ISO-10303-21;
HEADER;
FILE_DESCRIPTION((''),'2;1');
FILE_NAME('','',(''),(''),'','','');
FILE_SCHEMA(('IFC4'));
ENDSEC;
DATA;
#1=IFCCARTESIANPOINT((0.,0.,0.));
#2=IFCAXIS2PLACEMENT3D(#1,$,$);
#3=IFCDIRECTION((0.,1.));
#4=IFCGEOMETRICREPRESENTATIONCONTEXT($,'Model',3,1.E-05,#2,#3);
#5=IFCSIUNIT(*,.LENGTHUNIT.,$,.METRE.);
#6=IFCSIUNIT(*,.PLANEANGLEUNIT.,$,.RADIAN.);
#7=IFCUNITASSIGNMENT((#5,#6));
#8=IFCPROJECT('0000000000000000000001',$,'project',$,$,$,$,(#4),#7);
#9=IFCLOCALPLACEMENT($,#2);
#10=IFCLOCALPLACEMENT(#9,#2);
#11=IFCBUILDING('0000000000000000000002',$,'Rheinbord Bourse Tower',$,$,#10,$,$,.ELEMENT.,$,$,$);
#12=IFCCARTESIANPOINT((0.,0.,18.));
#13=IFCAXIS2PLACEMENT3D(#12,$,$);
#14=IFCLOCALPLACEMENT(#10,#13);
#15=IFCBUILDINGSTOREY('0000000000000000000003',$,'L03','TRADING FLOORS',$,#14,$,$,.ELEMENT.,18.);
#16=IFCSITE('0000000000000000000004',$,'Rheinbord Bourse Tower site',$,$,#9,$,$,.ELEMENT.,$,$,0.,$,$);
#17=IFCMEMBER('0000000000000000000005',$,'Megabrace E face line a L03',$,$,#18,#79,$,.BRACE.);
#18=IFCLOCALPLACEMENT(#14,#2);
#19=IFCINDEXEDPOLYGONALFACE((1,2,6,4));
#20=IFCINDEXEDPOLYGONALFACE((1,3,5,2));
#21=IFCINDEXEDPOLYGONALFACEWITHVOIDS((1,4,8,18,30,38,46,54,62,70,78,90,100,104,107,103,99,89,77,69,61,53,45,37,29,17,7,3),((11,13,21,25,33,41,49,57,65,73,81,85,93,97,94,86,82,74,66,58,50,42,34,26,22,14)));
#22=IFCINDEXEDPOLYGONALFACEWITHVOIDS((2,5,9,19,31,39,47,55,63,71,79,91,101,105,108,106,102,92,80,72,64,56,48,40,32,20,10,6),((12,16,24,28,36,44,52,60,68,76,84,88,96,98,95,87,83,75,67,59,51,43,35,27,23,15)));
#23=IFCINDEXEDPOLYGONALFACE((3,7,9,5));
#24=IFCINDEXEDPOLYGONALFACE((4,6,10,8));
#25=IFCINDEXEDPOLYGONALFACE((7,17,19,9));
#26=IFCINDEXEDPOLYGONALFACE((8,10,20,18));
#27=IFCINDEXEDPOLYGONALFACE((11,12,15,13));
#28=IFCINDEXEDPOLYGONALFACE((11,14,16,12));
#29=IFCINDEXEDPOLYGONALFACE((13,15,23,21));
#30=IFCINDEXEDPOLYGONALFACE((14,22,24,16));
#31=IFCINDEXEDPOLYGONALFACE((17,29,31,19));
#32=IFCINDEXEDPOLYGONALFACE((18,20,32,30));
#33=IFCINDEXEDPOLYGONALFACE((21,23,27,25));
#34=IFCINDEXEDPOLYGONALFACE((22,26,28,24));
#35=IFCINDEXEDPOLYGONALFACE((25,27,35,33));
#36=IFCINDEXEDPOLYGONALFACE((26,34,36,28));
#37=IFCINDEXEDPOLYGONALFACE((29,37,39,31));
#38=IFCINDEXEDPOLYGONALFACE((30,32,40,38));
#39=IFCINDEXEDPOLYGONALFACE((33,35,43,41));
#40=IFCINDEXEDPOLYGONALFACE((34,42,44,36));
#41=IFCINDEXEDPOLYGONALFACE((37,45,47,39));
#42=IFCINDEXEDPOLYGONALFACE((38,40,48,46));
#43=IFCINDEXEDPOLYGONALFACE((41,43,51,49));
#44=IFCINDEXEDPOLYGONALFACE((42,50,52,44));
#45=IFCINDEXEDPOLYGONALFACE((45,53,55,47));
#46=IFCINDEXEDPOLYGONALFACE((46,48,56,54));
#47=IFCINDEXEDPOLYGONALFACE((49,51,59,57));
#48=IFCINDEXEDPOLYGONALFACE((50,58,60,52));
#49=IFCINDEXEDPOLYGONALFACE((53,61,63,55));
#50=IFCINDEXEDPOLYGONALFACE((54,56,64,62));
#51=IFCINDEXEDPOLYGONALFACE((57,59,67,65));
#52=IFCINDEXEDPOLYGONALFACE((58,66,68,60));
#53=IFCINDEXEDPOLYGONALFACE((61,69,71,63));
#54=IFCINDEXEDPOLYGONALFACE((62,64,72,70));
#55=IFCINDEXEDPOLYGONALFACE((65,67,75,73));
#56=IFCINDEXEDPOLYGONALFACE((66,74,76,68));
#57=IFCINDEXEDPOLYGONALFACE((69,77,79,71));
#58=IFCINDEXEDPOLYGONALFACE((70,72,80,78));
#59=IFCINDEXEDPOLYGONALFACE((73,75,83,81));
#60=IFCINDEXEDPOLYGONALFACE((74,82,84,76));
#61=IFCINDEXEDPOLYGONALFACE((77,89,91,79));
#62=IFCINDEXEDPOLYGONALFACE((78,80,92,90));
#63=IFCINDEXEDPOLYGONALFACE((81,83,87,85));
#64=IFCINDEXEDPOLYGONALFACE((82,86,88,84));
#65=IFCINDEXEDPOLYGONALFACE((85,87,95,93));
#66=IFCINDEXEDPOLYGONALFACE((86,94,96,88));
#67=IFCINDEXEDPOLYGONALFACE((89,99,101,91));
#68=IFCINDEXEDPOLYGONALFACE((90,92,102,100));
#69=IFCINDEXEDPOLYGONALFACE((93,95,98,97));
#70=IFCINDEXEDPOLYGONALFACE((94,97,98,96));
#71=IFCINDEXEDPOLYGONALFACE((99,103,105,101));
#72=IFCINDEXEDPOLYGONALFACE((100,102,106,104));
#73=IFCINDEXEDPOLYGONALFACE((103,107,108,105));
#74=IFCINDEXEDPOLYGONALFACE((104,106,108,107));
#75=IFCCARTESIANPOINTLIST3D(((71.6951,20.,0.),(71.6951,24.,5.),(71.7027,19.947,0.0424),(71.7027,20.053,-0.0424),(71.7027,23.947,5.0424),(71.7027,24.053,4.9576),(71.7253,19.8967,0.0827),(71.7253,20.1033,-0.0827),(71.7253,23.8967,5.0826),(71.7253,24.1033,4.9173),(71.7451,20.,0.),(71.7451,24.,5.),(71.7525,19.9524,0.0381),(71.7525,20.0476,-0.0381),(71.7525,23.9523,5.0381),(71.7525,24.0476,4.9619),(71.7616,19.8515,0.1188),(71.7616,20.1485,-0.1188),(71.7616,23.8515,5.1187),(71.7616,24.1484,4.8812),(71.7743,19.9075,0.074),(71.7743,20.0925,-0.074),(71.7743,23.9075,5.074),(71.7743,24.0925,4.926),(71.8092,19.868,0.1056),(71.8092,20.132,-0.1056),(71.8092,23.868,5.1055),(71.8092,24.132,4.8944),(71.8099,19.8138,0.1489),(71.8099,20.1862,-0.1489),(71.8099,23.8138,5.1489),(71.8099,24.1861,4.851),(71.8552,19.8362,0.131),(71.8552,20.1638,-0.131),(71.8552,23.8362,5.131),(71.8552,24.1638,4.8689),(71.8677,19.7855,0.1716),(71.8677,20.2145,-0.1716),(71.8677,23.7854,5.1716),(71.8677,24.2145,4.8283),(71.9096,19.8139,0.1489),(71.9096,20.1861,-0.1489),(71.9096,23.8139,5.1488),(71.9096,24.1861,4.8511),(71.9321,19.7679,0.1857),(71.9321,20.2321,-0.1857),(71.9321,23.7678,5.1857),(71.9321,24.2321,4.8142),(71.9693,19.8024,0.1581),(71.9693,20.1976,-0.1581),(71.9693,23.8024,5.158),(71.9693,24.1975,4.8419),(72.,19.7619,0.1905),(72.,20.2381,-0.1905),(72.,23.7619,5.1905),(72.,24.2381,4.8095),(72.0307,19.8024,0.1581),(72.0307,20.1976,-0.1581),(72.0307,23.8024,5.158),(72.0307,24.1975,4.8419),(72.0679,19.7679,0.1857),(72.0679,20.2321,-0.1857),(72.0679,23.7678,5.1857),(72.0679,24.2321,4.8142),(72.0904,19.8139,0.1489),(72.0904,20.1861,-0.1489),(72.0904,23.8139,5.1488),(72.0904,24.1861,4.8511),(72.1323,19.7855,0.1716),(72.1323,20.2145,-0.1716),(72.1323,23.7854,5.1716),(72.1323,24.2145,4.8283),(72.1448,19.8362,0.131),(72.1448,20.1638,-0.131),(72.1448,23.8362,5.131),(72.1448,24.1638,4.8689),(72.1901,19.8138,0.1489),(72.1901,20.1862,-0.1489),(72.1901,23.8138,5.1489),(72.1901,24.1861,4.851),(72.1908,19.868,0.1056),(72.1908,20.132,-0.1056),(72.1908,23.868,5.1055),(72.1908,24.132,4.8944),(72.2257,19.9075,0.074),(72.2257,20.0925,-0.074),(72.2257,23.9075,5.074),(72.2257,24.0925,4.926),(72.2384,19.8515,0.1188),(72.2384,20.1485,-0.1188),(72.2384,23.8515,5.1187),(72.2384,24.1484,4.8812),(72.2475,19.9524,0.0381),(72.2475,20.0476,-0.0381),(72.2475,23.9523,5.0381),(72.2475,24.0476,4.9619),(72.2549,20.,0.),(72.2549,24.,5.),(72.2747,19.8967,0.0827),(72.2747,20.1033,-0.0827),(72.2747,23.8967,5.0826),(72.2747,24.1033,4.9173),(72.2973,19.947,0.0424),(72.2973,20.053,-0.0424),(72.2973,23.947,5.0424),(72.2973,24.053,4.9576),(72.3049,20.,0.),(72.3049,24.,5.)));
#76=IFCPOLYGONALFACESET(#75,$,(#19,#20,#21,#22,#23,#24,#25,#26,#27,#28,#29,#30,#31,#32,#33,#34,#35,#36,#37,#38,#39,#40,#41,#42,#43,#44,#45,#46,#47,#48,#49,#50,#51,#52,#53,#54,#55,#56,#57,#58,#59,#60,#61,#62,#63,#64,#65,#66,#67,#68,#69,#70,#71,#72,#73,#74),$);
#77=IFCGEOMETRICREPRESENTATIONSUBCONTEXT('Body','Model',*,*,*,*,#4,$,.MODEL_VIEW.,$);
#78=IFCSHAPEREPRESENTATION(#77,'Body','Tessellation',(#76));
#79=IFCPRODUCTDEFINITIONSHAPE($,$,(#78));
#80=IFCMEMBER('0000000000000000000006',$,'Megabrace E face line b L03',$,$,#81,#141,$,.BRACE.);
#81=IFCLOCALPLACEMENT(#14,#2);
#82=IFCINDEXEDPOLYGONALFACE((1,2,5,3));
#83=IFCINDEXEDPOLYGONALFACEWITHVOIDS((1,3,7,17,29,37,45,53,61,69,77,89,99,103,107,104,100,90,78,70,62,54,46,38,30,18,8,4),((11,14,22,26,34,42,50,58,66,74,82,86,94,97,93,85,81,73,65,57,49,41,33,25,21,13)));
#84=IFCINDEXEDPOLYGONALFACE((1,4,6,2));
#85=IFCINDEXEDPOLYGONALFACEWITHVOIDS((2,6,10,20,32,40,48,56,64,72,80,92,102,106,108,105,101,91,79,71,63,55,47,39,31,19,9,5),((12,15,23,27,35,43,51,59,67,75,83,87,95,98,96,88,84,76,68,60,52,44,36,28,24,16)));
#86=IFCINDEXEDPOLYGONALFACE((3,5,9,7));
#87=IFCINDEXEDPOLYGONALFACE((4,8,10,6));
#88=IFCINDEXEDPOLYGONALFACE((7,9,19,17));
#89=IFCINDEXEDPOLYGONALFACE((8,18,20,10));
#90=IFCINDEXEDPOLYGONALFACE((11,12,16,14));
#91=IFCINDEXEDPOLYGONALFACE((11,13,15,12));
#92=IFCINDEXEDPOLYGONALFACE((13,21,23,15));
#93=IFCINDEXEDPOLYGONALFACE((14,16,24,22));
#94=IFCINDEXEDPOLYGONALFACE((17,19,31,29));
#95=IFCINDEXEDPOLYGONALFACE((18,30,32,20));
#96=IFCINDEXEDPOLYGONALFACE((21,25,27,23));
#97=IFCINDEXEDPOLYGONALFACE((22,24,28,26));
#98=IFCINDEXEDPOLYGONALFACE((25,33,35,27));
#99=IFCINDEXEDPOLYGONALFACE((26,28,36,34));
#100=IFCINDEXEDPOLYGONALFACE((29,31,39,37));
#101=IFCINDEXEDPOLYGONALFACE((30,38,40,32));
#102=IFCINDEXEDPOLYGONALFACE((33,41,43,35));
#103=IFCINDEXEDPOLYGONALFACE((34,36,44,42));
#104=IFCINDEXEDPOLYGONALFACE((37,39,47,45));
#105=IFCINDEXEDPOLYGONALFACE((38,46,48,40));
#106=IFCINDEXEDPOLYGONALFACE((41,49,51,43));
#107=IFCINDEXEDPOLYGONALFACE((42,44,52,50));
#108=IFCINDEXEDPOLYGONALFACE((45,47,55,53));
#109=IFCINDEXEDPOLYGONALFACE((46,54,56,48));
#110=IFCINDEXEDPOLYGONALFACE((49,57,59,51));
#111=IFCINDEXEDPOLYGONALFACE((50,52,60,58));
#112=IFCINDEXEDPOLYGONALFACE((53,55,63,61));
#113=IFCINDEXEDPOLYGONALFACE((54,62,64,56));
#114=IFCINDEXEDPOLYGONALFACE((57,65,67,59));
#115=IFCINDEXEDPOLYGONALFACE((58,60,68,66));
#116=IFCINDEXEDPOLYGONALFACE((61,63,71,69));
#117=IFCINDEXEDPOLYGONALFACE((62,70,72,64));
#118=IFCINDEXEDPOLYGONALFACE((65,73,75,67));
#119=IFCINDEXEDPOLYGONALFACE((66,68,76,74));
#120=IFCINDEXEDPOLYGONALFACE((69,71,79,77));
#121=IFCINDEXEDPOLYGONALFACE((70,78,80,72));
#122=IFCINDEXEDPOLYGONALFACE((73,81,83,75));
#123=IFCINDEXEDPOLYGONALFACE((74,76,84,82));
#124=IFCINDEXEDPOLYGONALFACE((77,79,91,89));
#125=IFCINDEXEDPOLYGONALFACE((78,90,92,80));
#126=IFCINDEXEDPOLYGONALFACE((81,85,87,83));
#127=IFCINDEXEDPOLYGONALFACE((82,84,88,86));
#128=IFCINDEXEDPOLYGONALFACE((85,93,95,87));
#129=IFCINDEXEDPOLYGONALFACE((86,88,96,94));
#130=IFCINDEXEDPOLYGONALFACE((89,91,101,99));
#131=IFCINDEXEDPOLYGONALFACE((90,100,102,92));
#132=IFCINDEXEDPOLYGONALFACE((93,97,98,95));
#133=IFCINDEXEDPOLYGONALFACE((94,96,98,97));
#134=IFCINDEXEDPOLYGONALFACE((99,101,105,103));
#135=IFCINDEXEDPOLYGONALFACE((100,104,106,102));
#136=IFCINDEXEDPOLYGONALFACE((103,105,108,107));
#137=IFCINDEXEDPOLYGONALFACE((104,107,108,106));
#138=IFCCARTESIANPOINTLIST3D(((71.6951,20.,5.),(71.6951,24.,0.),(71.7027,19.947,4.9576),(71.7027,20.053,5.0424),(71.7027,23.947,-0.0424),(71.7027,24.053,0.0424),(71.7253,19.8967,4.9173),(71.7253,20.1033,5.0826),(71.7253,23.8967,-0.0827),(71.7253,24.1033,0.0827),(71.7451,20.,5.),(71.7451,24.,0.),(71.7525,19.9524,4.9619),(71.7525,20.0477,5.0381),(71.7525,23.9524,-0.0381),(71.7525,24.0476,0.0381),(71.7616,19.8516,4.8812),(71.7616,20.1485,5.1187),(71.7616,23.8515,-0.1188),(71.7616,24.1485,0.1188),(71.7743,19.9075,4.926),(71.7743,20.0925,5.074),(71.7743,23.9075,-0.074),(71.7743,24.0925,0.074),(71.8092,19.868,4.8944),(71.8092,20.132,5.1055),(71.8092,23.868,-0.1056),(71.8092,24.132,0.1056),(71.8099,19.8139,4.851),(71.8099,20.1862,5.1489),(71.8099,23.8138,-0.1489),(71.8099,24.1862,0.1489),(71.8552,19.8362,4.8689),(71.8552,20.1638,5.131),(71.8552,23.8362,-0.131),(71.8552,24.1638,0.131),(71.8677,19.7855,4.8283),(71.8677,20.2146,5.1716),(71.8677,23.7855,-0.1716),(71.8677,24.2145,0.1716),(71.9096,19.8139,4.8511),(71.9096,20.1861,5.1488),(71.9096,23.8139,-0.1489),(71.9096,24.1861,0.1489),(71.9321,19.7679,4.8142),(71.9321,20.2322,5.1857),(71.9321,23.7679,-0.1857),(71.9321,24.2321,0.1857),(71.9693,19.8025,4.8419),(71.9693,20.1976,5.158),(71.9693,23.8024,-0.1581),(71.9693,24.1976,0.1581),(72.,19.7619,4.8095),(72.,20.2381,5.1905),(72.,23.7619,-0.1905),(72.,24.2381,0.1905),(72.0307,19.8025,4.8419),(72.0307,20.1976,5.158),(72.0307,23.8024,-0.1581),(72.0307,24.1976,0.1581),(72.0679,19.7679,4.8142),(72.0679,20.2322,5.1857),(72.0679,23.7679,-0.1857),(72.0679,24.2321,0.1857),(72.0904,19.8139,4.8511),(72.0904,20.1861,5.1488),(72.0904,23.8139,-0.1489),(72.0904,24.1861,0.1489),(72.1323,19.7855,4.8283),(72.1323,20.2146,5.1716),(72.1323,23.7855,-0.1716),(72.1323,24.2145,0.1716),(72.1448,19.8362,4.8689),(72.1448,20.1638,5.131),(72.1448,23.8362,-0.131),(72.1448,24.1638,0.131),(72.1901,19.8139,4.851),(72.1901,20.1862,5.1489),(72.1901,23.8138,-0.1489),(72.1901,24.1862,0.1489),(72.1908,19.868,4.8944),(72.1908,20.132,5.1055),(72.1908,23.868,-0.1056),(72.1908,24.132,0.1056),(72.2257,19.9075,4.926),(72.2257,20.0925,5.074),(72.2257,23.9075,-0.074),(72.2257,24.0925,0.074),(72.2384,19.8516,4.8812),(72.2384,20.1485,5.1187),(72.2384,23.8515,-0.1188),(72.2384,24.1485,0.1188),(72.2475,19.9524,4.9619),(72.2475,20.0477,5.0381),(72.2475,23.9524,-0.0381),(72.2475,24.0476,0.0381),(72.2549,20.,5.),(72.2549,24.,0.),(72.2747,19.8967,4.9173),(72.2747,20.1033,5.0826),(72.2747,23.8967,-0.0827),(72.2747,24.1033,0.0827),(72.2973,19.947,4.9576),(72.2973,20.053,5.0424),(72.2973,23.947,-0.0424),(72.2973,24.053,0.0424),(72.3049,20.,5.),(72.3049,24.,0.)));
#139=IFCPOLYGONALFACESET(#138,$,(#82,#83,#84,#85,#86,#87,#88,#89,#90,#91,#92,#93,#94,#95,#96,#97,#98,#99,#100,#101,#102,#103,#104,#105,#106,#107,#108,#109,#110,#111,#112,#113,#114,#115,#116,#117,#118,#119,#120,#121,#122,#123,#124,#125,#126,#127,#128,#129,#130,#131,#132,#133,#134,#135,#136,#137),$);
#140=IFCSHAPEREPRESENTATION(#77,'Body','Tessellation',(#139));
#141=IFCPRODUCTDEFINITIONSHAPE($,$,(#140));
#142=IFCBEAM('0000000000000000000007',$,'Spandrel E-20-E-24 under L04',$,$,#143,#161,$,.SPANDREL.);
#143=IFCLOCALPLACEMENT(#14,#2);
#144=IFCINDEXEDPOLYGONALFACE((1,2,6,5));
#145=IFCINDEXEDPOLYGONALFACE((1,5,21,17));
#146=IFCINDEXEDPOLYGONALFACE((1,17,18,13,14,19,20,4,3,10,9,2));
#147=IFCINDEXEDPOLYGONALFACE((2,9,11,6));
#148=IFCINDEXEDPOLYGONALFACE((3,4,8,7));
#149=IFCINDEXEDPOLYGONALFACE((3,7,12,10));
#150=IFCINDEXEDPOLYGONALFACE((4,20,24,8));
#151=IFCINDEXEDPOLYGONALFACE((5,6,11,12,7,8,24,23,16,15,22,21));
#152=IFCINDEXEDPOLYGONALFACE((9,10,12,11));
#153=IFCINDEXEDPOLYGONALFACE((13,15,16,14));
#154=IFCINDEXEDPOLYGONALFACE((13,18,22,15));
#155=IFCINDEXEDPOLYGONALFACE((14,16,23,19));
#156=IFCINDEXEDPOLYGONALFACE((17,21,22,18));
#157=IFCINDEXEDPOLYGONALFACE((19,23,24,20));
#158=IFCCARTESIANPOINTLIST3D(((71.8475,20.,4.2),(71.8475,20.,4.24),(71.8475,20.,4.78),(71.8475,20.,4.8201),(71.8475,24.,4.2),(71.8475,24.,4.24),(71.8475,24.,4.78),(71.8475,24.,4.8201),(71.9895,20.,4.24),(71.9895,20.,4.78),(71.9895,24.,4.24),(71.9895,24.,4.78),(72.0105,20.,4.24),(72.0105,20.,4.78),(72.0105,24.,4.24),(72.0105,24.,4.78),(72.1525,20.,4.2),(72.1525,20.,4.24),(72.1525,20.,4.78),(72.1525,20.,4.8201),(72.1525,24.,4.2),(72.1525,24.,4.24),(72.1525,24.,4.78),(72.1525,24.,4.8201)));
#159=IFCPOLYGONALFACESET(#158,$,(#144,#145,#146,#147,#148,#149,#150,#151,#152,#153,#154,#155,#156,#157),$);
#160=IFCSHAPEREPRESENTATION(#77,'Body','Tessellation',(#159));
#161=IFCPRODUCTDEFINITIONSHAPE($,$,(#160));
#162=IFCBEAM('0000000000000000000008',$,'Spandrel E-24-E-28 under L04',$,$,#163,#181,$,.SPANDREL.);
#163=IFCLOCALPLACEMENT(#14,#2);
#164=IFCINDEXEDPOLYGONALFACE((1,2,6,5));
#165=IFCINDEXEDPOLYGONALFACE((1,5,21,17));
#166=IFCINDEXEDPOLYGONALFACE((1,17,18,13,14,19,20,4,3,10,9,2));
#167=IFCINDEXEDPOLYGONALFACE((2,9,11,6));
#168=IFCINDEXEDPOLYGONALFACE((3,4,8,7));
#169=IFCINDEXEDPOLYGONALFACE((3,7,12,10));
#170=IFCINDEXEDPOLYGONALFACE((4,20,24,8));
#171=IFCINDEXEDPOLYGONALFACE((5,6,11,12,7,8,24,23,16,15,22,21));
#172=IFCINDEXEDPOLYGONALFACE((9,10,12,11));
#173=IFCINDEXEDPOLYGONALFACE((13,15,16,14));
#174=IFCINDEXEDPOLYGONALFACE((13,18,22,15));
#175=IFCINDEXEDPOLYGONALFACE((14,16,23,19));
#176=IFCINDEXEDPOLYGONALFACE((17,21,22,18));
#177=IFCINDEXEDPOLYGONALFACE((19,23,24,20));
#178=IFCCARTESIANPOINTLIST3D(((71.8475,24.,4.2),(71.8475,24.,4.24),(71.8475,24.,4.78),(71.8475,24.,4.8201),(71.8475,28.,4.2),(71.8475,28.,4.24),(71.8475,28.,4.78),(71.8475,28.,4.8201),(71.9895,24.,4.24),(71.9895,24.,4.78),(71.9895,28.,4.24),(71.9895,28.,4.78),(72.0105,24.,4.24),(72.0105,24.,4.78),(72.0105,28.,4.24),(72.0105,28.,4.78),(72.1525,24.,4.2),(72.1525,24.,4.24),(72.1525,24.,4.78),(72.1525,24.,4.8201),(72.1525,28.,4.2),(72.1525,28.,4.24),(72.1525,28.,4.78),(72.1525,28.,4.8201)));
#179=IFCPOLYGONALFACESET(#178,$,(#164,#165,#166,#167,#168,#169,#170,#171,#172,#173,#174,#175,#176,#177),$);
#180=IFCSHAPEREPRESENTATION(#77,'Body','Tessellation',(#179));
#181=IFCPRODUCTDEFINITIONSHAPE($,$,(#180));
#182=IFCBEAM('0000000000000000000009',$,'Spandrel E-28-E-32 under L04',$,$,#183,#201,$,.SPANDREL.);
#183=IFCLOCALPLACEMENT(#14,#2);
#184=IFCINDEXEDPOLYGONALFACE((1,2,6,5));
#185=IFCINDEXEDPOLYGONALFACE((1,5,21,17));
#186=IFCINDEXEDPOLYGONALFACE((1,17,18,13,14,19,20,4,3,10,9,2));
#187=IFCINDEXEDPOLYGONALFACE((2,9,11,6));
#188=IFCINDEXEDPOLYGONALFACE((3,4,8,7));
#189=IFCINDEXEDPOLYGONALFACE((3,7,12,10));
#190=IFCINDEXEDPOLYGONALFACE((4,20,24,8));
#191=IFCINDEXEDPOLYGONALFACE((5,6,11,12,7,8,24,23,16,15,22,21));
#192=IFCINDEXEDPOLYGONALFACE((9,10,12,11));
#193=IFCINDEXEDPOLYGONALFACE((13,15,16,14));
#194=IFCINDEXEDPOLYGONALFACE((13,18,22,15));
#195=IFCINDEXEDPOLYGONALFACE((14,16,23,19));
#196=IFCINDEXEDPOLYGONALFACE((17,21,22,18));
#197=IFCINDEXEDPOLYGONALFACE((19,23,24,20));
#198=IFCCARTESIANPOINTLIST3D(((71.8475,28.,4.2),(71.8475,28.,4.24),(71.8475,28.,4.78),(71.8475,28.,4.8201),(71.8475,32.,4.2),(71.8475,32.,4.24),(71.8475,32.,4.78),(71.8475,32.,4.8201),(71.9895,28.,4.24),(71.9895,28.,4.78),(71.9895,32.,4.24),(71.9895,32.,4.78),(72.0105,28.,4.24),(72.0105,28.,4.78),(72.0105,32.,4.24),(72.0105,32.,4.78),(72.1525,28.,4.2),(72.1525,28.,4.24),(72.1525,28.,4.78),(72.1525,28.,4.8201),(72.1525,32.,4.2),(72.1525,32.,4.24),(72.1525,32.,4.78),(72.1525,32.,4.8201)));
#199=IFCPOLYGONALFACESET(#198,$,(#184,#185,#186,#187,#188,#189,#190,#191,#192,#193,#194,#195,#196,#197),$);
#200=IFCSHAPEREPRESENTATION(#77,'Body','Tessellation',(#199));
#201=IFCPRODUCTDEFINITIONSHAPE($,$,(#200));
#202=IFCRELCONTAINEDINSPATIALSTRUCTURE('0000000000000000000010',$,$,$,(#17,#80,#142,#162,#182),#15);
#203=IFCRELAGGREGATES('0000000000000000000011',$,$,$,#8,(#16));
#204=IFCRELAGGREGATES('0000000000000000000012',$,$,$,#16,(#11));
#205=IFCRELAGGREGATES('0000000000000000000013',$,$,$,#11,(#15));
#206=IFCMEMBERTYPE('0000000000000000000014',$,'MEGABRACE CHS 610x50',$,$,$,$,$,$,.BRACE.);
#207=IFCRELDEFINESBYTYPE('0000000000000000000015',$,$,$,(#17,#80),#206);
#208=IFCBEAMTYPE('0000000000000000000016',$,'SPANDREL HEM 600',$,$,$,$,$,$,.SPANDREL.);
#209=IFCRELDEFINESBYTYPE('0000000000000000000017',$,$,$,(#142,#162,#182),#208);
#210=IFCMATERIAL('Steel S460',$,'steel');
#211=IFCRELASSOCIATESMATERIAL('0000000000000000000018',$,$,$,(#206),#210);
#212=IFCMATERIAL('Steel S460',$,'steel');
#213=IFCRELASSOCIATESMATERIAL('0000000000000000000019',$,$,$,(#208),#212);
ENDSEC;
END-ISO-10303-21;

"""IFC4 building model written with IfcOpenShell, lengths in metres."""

from ifc_helpers import new_model, si_unit, direction, frame, origin, origin_2d, place, context, subcontext, project, spatial, hollow_circle, i_section, extrude, material, material_profile, profile_set, type_object, element, save


model = new_model("IFC4")

# Units and contexts
model_context = context("Model", 3, precision=1e-05, world=origin(), true_north=direction((0.0, 1.0)))
body_context = subcontext(model_context, "Body", "Model", "MODEL_VIEW")
ifc_project = project(units=[si_unit("LENGTHUNIT", "METRE"), si_unit("PLANEANGLEUNIT", "RADIAN")], contexts=[model_context])

# Site, building, storey
site_placement = place(None, origin())
site = spatial("IfcSite", under=ifc_project, at=site_placement, Name="Rheinbord Bourse Tower site", CompositionType="ELEMENT", RefElevation=0.0)
building_placement = place(site_placement, origin())
building = spatial("IfcBuilding", under=site, at=building_placement, Name="Rheinbord Bourse Tower", CompositionType="ELEMENT")
storey_placement = place(building_placement, frame((0.0, 0.0, 18.0)))
storey = spatial("IfcBuildingStorey", under=building, at=storey_placement, Name="L03", Description="TRADING FLOORS", CompositionType="ELEMENT", Elevation=18.0)

# Members
ifc_material_1 = material(Name="Steel S460", Category="steel")
ifc_material_profile_1 = material_profile(ifc_material_1, hollow_circle(Radius=0.3049, WallThickness=0.05, at=origin_2d()), Name="CHS 610x50")
ifc_profile_set_1 = profile_set([ifc_material_profile_1], Name="Steel S460")
member_type_1 = type_object("IfcMemberType", Name="MEGABRACE CHS 610x50", PredefinedType="BRACE", material=ifc_profile_set_1)
for number, where, z_axis, x_axis, name in (
    (1, (72.0, 20.0, 0.0), (0.0, 0.624695, 0.780869), (-1.0, 0.0, 0.0), "Megabrace E face line a L03"),
    (2, (72.0, 24.0, 0.0), (0.0, -0.624695, 0.780869), (1.0, 0.0, 0.0), "Megabrace E face line b L03"),
):
    element("IfcMember", number, at=place(storey_placement, frame(where, z_axis=z_axis, x_axis=x_axis)), inside=storey, type_object=member_type_1, Name=name, PredefinedType="BRACE", context=body_context, shape_type="SweptSolid", body=[
        extrude(hollow_circle(Radius=0.3049, WallThickness=0.05, at=origin_2d()), origin(), (0.0, 0.0, 1.0), 6.4031),
    ])

# Beams
ifc_material_2 = material(Name="Steel S460", Category="steel")
ifc_material_profile_2 = material_profile(ifc_material_2, i_section(OverallWidth=0.3049, OverallDepth=0.6201, WebThickness=0.021, FlangeThickness=0.04, at=origin_2d()), Name="HEM 600")
ifc_profile_set_2 = profile_set([ifc_material_profile_2], Name="Steel S460")
beam_type_1 = type_object("IfcBeamType", Name="SPANDREL HEM 600", PredefinedType="SPANDREL", material=ifc_profile_set_2)
for number, where, z_axis, x_axis, name in (
    (3, (72.0, 20.0, 4.51), (0.0, 1.0, 0.0), (-1.0, 0.0, 0.0), "Spandrel E-20-E-24 under L04"),
    (4, (72.0, 24.0, 4.51), (0.0, 1.0, 0.0), (-1.0, 0.0, 0.0), "Spandrel E-24-E-28 under L04"),
    (5, (72.0, 28.0, 4.51), (0.0, 1.0, 0.0), (-1.0, 0.0, 0.0), "Spandrel E-28-E-32 under L04"),
):
    element("IfcBeam", number, at=place(storey_placement, frame(where, z_axis=z_axis, x_axis=x_axis)), inside=storey, type_object=beam_type_1, Name=name, PredefinedType="SPANDREL", context=body_context, shape_type="SweptSolid", body=[
        extrude(i_section(OverallWidth=0.3049, OverallDepth=0.6201, WebThickness=0.021, FlangeThickness=0.04, at=origin_2d()), origin(), (0.0, 0.0, 1.0), 4.0),
    ])

save(model, "model.ifc")
